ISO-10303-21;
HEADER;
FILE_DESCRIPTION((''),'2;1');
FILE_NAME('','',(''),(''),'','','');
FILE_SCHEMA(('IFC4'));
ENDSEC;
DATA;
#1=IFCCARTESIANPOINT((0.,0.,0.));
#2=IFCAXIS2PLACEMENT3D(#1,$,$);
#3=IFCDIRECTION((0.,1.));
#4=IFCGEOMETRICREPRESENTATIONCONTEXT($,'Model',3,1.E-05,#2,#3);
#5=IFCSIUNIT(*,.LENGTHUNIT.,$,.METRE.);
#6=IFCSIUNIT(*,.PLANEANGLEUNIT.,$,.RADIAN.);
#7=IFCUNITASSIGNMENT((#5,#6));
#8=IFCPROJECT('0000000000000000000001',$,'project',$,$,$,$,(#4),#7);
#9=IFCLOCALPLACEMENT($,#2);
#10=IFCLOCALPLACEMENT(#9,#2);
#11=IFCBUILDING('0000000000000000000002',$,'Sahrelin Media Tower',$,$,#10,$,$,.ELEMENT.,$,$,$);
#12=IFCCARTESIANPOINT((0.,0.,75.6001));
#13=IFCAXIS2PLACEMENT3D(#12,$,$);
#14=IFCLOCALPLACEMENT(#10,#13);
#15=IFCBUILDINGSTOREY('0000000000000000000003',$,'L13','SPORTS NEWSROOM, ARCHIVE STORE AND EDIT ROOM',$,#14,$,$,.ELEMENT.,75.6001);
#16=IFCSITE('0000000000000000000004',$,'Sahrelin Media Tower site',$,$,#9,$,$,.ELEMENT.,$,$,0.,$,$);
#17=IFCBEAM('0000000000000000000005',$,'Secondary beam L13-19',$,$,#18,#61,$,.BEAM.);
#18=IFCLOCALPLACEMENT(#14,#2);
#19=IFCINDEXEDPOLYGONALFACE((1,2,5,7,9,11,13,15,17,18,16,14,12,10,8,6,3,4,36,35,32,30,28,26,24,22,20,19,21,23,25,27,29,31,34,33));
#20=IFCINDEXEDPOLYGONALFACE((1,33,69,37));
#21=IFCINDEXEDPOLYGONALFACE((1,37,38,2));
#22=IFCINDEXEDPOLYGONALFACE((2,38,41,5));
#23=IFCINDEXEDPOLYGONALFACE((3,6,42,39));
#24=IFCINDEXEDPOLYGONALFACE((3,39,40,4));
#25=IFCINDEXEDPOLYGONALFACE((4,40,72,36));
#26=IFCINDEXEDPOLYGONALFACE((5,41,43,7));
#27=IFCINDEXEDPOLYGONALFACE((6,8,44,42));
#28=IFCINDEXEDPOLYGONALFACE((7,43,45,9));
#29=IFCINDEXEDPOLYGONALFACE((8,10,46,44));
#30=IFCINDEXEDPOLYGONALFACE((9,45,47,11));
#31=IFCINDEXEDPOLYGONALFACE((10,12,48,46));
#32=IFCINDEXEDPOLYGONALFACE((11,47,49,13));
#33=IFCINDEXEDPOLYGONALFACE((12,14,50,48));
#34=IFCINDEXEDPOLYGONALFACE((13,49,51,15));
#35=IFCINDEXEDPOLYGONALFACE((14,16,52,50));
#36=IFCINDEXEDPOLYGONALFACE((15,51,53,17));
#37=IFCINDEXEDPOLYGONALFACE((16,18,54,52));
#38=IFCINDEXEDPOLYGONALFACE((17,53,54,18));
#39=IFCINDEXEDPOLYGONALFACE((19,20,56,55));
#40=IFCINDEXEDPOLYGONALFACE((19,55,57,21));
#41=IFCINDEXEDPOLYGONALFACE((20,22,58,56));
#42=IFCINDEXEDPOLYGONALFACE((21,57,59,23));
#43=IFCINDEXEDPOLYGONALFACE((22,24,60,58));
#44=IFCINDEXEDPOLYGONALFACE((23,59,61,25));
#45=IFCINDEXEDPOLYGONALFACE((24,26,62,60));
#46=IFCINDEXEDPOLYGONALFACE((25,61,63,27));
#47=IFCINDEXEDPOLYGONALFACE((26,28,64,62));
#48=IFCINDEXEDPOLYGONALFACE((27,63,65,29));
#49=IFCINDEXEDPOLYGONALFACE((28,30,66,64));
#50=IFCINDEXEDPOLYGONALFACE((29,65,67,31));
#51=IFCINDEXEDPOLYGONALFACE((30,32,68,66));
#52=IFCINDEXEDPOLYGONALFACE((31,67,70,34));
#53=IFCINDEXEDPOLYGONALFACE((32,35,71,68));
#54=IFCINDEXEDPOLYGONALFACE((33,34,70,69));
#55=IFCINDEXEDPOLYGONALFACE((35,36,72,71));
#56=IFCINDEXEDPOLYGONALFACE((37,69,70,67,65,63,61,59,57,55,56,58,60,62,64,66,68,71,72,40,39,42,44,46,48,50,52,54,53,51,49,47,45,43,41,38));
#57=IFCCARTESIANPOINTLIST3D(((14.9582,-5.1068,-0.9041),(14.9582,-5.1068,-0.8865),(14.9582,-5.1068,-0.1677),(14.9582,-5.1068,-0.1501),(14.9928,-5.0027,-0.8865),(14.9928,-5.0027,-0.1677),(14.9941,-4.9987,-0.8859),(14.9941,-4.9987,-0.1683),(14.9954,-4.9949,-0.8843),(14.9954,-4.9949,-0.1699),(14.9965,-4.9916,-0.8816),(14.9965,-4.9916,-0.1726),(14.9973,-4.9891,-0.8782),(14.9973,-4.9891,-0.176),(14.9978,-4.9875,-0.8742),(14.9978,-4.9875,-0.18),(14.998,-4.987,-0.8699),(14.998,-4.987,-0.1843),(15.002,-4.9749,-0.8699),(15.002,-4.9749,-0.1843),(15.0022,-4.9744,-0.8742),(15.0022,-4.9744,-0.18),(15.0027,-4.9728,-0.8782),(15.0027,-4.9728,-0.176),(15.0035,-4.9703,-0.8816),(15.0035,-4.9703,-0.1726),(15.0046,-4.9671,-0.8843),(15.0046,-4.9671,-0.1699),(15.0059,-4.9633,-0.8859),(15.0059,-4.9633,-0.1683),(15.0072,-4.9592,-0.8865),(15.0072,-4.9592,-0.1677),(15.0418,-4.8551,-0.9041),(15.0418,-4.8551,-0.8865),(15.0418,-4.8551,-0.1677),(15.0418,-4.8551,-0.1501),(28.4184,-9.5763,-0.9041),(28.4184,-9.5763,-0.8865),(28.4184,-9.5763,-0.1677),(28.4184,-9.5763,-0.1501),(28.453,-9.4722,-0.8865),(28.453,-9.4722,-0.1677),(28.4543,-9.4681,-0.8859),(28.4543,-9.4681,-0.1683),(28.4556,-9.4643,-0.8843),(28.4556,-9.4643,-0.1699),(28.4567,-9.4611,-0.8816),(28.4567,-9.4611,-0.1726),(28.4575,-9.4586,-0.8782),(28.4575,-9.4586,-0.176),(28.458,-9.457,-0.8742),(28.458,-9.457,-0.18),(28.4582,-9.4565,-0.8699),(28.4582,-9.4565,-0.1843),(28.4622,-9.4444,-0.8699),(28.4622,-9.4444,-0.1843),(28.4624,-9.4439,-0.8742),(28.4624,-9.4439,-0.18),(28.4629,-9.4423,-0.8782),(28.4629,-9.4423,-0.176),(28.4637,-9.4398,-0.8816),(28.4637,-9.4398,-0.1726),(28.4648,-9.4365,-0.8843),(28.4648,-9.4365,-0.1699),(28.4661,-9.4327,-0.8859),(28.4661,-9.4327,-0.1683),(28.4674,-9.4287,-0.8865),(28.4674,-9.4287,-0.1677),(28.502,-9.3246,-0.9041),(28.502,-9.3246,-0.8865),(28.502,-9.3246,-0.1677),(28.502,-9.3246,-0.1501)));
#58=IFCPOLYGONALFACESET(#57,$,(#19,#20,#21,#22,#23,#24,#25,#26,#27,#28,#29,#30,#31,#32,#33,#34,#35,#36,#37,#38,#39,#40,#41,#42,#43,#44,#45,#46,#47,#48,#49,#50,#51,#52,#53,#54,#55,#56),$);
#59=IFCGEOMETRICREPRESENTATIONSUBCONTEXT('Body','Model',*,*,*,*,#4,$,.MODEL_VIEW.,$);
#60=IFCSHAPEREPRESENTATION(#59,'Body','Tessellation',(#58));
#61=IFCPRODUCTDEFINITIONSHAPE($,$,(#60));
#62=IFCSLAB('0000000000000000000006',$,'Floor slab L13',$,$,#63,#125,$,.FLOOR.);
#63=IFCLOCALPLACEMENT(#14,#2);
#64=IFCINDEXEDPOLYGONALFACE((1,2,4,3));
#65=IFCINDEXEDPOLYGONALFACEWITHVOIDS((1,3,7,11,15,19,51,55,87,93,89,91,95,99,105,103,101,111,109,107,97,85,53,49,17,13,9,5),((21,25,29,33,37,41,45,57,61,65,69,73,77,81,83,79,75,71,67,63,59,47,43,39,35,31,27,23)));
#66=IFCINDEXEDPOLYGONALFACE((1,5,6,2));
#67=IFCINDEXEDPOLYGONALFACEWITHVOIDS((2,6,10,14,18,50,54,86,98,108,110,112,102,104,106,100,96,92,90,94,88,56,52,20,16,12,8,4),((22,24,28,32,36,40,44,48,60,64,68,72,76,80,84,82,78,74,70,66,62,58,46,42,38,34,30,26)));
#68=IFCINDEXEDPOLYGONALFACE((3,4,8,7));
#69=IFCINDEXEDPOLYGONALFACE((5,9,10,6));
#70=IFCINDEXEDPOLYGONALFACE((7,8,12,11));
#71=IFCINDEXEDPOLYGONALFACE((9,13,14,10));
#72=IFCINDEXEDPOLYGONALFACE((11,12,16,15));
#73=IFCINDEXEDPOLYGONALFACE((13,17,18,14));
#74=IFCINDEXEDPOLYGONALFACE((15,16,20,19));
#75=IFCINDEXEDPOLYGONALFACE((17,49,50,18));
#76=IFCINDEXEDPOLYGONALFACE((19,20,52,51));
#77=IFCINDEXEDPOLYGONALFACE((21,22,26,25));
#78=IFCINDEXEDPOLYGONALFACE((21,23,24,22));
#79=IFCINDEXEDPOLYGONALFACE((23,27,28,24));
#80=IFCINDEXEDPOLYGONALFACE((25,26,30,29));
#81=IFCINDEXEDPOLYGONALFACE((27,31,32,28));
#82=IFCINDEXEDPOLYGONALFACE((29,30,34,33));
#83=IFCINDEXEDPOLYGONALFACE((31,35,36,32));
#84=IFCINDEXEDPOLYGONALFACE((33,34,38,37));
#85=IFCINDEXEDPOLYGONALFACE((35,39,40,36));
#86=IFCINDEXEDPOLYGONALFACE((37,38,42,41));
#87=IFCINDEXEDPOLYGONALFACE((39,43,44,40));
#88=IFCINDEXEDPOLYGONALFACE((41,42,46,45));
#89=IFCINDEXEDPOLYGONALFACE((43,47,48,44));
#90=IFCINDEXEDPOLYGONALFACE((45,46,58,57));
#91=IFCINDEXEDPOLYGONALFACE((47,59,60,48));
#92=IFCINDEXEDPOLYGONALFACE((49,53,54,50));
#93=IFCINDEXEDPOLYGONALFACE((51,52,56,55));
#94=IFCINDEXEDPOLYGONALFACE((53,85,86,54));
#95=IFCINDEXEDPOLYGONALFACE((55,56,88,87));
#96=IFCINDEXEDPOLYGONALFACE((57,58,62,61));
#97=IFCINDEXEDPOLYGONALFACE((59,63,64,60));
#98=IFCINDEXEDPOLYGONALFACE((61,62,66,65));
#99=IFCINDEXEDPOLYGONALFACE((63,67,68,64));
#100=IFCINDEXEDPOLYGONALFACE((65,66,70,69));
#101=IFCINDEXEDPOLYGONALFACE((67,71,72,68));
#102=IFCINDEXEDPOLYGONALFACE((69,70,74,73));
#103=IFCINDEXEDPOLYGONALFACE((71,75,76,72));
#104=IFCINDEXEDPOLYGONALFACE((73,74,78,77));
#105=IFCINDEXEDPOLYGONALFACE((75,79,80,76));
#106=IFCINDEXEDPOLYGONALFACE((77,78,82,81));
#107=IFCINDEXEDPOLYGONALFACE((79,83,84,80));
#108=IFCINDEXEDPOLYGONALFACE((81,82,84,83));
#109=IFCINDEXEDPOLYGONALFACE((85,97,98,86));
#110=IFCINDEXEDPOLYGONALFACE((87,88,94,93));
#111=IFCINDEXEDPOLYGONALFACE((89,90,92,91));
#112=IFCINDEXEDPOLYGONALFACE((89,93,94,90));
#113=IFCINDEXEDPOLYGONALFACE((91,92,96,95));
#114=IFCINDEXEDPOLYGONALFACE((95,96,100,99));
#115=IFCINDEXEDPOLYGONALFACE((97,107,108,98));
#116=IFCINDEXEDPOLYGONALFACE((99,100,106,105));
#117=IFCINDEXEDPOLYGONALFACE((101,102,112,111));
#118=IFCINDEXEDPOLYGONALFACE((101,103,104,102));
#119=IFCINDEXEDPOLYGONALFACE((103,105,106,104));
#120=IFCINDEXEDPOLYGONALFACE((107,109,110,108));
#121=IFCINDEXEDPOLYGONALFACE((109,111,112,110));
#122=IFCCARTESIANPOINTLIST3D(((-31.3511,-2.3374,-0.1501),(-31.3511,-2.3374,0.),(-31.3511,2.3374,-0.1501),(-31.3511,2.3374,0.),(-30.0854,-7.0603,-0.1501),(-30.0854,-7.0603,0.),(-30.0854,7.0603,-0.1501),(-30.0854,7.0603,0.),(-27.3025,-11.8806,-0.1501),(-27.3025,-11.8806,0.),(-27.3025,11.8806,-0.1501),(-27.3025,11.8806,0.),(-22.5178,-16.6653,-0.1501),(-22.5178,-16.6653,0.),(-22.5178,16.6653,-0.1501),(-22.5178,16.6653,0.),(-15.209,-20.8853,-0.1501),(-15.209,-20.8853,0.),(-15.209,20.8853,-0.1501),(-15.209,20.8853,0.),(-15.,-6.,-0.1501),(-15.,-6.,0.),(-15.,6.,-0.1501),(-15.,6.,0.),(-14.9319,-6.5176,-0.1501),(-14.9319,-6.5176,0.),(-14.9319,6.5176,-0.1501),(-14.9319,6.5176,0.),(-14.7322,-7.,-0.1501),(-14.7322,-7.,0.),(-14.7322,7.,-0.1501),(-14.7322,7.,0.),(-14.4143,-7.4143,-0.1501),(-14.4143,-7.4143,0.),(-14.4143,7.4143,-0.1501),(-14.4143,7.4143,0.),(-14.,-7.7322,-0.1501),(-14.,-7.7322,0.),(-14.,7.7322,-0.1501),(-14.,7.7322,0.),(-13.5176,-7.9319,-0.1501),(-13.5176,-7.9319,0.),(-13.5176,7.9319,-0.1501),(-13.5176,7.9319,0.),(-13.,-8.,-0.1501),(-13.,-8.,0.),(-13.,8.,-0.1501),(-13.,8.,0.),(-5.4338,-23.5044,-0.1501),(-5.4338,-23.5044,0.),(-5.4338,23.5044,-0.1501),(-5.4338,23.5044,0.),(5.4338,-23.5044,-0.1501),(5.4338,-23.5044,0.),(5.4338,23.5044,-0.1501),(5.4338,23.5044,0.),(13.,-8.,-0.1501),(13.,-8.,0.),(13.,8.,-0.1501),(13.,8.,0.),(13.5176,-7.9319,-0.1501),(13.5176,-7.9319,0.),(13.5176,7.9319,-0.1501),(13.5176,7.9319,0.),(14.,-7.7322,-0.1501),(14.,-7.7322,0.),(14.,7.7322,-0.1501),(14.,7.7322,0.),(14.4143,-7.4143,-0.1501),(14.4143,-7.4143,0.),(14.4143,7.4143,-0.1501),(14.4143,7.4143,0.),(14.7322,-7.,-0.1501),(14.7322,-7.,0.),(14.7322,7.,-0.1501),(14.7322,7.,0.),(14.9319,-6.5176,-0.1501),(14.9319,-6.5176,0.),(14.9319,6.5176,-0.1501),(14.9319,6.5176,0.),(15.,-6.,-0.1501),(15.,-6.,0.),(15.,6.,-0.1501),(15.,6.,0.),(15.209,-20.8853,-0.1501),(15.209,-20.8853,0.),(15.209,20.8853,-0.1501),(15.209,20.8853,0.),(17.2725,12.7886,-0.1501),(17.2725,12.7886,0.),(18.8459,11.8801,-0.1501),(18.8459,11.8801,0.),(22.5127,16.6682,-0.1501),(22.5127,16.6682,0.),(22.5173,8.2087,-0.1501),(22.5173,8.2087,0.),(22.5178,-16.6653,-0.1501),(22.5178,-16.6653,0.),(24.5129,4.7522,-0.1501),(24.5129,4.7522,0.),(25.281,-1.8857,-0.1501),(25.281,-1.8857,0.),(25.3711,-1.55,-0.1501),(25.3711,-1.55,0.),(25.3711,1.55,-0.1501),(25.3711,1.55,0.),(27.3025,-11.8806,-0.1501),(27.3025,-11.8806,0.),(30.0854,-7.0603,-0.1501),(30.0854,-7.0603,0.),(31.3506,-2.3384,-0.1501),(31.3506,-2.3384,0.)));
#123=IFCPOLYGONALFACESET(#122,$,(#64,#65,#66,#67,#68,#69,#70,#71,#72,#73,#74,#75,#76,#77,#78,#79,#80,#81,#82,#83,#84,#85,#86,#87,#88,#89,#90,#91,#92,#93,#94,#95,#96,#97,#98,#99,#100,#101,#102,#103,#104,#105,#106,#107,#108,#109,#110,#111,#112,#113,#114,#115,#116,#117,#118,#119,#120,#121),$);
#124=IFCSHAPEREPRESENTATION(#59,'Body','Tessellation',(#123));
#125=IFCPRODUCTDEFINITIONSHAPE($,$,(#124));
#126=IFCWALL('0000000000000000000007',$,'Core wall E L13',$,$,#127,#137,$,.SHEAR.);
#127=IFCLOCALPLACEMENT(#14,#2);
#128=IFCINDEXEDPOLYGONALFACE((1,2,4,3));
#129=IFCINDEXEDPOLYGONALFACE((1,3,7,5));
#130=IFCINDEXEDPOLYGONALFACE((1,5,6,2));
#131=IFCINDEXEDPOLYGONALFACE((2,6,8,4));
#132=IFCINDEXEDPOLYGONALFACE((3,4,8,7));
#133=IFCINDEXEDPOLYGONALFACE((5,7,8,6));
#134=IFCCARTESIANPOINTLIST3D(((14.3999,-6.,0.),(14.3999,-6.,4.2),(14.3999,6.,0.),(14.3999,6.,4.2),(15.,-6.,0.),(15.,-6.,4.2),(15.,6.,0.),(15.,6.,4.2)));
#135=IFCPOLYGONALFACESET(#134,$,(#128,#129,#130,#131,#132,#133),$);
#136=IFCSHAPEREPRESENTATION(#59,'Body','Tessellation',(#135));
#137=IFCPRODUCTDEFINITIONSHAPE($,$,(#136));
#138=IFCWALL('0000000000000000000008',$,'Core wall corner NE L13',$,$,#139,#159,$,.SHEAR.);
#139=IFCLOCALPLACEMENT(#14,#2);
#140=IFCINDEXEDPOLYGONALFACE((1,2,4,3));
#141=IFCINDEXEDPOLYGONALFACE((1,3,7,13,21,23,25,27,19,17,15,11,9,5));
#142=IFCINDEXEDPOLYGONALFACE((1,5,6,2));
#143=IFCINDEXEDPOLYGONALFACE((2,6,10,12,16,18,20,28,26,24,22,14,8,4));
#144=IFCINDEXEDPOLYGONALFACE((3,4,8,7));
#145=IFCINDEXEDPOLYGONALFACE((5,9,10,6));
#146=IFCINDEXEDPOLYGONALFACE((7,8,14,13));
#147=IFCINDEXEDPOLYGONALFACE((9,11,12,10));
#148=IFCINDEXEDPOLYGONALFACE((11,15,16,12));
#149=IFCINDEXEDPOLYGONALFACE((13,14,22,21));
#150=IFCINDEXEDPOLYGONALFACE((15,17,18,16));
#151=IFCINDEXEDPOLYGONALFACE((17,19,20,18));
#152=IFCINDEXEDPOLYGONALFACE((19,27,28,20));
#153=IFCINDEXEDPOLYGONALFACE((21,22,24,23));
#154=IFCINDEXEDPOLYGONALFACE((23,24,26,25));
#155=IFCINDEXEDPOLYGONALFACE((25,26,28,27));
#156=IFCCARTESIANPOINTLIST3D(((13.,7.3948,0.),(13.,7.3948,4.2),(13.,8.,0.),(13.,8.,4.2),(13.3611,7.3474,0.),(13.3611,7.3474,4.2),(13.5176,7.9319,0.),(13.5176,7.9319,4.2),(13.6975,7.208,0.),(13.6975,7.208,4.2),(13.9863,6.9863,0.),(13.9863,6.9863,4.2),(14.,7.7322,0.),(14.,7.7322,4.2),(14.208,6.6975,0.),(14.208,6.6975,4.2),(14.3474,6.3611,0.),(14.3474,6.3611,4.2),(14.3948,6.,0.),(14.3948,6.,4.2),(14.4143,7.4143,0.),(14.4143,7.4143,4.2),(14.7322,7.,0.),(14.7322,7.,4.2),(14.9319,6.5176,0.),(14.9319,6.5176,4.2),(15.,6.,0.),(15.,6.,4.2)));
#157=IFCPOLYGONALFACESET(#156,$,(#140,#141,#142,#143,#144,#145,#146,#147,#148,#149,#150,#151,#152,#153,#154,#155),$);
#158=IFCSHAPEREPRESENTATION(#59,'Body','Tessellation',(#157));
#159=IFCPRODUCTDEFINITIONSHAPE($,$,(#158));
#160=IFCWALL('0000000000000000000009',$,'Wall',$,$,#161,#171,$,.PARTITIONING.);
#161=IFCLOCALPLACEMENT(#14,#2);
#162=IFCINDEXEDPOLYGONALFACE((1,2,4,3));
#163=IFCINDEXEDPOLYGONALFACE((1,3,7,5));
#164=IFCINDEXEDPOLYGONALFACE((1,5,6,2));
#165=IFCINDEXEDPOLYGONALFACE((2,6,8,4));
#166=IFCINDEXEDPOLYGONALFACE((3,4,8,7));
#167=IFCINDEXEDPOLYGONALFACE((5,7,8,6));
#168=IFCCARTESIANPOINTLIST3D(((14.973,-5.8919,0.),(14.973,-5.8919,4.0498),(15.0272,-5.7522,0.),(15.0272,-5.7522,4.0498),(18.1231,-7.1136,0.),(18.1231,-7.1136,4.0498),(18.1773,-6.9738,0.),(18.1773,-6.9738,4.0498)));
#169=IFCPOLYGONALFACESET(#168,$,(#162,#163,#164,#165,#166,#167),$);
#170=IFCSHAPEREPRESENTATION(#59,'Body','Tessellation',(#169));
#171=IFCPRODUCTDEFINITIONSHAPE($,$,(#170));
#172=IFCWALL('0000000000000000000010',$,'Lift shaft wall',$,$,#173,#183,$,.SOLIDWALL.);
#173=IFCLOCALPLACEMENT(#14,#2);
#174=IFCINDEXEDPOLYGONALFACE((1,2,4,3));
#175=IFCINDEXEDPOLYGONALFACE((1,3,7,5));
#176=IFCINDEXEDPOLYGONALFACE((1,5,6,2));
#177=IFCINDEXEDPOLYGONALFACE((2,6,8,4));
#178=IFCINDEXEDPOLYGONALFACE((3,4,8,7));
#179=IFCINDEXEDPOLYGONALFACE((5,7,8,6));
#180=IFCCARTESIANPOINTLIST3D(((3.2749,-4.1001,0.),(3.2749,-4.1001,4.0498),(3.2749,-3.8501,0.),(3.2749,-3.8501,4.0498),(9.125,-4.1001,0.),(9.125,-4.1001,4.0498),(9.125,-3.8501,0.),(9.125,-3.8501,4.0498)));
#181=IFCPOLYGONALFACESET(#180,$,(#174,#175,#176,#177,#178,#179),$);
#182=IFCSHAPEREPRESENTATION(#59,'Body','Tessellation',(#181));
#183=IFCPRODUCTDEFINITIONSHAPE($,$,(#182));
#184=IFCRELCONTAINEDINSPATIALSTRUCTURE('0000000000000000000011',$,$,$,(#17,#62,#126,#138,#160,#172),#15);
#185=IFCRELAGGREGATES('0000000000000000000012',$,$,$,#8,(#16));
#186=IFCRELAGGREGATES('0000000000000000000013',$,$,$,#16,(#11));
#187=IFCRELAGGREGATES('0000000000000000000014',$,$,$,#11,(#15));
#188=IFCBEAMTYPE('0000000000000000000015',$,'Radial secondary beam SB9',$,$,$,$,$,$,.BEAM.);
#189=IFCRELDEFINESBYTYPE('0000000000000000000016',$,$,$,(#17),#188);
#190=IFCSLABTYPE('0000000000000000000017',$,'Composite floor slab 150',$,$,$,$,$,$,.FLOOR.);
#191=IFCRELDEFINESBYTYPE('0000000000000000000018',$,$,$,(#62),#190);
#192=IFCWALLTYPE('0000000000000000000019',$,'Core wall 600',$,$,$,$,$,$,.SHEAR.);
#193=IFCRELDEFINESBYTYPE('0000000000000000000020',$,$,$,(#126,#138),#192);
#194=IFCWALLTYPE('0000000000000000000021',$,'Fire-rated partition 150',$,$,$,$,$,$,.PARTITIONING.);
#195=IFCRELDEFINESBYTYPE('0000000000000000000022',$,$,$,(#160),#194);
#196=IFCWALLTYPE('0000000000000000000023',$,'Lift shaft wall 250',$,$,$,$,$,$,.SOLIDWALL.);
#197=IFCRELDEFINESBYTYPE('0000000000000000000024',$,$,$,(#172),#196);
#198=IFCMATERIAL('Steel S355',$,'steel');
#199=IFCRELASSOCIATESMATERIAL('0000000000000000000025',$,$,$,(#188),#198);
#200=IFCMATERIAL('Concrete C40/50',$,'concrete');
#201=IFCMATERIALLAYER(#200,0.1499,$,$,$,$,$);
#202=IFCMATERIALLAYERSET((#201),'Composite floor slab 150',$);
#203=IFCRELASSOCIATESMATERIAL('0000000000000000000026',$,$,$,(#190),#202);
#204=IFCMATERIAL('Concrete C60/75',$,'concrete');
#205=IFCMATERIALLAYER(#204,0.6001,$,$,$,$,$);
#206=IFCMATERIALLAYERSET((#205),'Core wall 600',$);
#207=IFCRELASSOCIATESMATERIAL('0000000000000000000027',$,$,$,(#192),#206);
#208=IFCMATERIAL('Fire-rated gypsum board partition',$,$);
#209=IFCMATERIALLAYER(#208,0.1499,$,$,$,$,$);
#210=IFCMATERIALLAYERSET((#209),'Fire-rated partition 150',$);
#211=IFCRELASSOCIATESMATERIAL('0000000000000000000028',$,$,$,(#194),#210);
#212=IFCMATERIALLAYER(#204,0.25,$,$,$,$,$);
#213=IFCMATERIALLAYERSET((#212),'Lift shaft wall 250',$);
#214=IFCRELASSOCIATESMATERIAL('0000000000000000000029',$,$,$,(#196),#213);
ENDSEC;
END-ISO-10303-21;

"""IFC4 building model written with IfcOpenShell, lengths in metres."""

from ifc_helpers import new_model, si_unit, direction, frame, frame_2d, origin, origin_2d, place, context, subcontext, project, spatial, polyline, rectangle, i_section, outline, extrude, material, layer, layer_set, material_profile, profile_set, type_object, element, save


model = new_model("IFC4")

# Units and contexts
model_context = context("Model", 3, precision=1e-05, world=origin(), true_north=direction((0.0, 1.0)))
body_context = subcontext(model_context, "Body", "Model", "MODEL_VIEW")
ifc_project = project(units=[si_unit("LENGTHUNIT", "METRE"), si_unit("PLANEANGLEUNIT", "RADIAN")], contexts=[model_context])

# Site, building, storey
site_placement = place(None, origin())
site = spatial("IfcSite", under=ifc_project, at=site_placement, Name="Sahrelin Media Tower site", CompositionType="ELEMENT", RefElevation=0.0)
building_placement = place(site_placement, origin())
building = spatial("IfcBuilding", under=site, at=building_placement, Name="Sahrelin Media Tower", CompositionType="ELEMENT")
storey_placement = place(building_placement, frame((0.0, 0.0, 75.6001)))
storey = spatial("IfcBuildingStorey", under=building, at=storey_placement, Name="L13", Description="SPORTS NEWSROOM, ARCHIVE STORE AND EDIT ROOM", CompositionType="ELEMENT", Elevation=75.6001)

# Beam
ifc_material_1 = material(Name="Steel S355", Category="steel")
ifc_material_profile_1 = material_profile(ifc_material_1, i_section(OverallWidth=0.2651, OverallDepth=0.7539, WebThickness=0.0127, FlangeThickness=0.0176, FilletRadius=0.0166, at=origin_2d()), Name="UB 762x267x147")
ifc_profile_set_1 = profile_set([ifc_material_profile_1], Name="Steel S355")
beam_type_1 = type_object("IfcBeamType", Name="Radial secondary beam SB9", PredefinedType="BEAM", material=ifc_profile_set_1)
beam_1_placement = place(storey_placement, frame((15.0, -4.981, -0.5271), z_axis=(0.949048, -0.315133, 0.0), x_axis=(0.315133, 0.949048, 0.0)))
element("IfcBeam", 1, at=beam_1_placement, inside=storey, type_object=beam_type_1, Name="Secondary beam L13-19", PredefinedType="BEAM", context=body_context, shape_type="SweptSolid", body=[
    extrude(i_section(OverallWidth=0.2651, OverallDepth=0.7539, WebThickness=0.0127, FlangeThickness=0.0176, FilletRadius=0.0166, at=origin_2d()), origin(), (0.0, 0.0, 1.0), 14.1829),
])

# Slab
ifc_material_2 = material(Name="Concrete C40/50", Category="concrete")
ifc_layer_1 = layer(ifc_material_2, 0.1499)
ifc_layer_set_1 = layer_set([ifc_layer_1], Name="Composite floor slab 150")
slab_type = type_object("IfcSlabType", Name="Composite floor slab 150", PredefinedType="FLOOR", material=ifc_layer_set_1)
slab_placement = place(storey_placement, frame((0.0, 0.0, -0.1501)))
element("IfcSlab", 2, at=slab_placement, inside=storey, type_object=slab_type, Name="Floor slab L13", PredefinedType="FLOOR", context=body_context, shape_type="SweptSolid", body=[
    extrude(outline(polyline([(30.0854, -7.0603), (31.3506, -2.3384), (25.281, -1.8857), (25.3711, -1.55), (25.3711, 1.55), (24.5129, 4.7522), (22.5173, 8.2087), (18.8459, 11.8801), (17.2725, 12.7886), (22.5127, 16.6682), (15.209, 20.8853), (5.4338, 23.5044), (-5.4338, 23.5044), (-15.209, 20.8853), (-22.5178, 16.6653), (-27.3025, 11.8806), (-30.0854, 7.0603), (-31.3511, 2.3374), (-31.3511, -2.3374), (-30.0854, -7.0603), (-27.3025, -11.8806), (-22.5178, -16.6653), (-15.209, -20.8853), (-5.4338, -23.5044), (5.4338, -23.5044), (15.209, -20.8853), (22.5178, -16.6653), (27.3025, -11.8806), (30.0854, -7.0603)]), holes=[polyline([(14.7322, 7.0), (14.9319, 6.5176), (15.0, 6.0), (15.0, -6.0), (14.9319, -6.5176), (14.7322, -7.0), (14.4143, -7.4143), (14.0, -7.7322), (13.5176, -7.9319), (13.0, -8.0), (-13.0, -8.0), (-13.5176, -7.9319), (-14.0, -7.7322), (-14.4143, -7.4143), (-14.7322, -7.0), (-14.9319, -6.5176), (-15.0, -6.0), (-15.0, 6.0), (-14.9319, 6.5176), (-14.7322, 7.0), (-14.4143, 7.4143), (-14.0, 7.7322), (-13.5176, 7.9319), (-13.0, 8.0), (13.0, 8.0), (13.5176, 7.9319), (14.0, 7.7322), (14.4143, 7.4143), (14.7322, 7.0)])]), origin(), (0.0, 0.0, 1.0), 0.1501),
])

# Walls
ifc_material_3 = material(Name="Concrete C60/75", Category="concrete")
ifc_layer_2 = layer(ifc_material_3, 0.6001)
ifc_layer_set_2 = layer_set([ifc_layer_2], Name="Core wall 600")
wall_type_1 = type_object("IfcWallType", Name="Core wall 600", PredefinedType="SHEAR", material=ifc_layer_set_2)
wall_1_placement = place(storey_placement, frame((14.7, -6.0, 0.0), z_axis=(0.0, 0.0, 1.0), x_axis=(0.0, 1.0, 0.0)))
element("IfcWall", 3, at=wall_1_placement, inside=storey, type_object=wall_type_1, Name="Core wall E L13", PredefinedType="SHEAR", context=body_context, shape_type="SweptSolid", body=[
    extrude(rectangle(XDim=12.0, YDim=0.6001, at=frame_2d((6.0, 0.0))), origin(), (0.0, 0.0, 1.0), 4.2),
])
wall_2_placement = place(storey_placement, origin())
element("IfcWall", 4, at=wall_2_placement, inside=storey, type_object=wall_type_1, Name="Core wall corner NE L13", PredefinedType="SHEAR", context=body_context, shape_type="SweptSolid", body=[
    extrude(outline(polyline([(13.0, 8.0), (13.0, 7.3948), (13.3611, 7.3474), (13.6975, 7.208), (13.9863, 6.9863), (14.208, 6.6975), (14.3474, 6.3611), (14.3948, 6.0), (15.0, 6.0), (14.9319, 6.5176), (14.7322, 7.0), (14.4143, 7.4143), (14.0, 7.7322), (13.5176, 7.9319), (13.0, 8.0)])), origin(), (0.0, 0.0, 1.0), 4.2),
])
ifc_material_4 = material(Name="Fire-rated gypsum board partition")
ifc_layer_3 = layer(ifc_material_4, 0.1499)
ifc_layer_set_3 = layer_set([ifc_layer_3], Name="Fire-rated partition 150")
wall_type_2 = type_object("IfcWallType", Name="Fire-rated partition 150", PredefinedType="PARTITIONING", material=ifc_layer_set_3)
wall_3_placement = place(storey_placement, frame((15.0, -5.822, 0.0), z_axis=(0.0, 0.0, 1.0), x_axis=(0.932342, -0.361578, 0.0)))
element("IfcWall", 5, at=wall_3_placement, inside=storey, type_object=wall_type_2, Name="Wall", PredefinedType="PARTITIONING", context=body_context, shape_type="SweptSolid", body=[
    extrude(rectangle(XDim=3.3787, YDim=0.1499, at=frame_2d((1.6895, 0.0))), origin(), (0.0, 0.0, 1.0), 4.0498),
])
ifc_layer_4 = layer(ifc_material_3, 0.25)
ifc_layer_set_4 = layer_set([ifc_layer_4], Name="Lift shaft wall 250")
wall_type_3 = type_object("IfcWallType", Name="Lift shaft wall 250", PredefinedType="SOLIDWALL", material=ifc_layer_set_4)
wall_4_placement = place(storey_placement, frame((3.2749, -3.9751, 0.0), z_axis=(0.0, 0.0, 1.0), x_axis=(1.0, 0.0, 0.0)))
element("IfcWall", 6, at=wall_4_placement, inside=storey, type_object=wall_type_3, Name="Lift shaft wall", PredefinedType="SOLIDWALL", context=body_context, shape_type="SweptSolid", body=[
    extrude(rectangle(XDim=5.8501, YDim=0.25, at=frame_2d((2.925, 0.0))), origin(), (0.0, 0.0, 1.0), 4.0498),
])

save(model, "model.ifc")
